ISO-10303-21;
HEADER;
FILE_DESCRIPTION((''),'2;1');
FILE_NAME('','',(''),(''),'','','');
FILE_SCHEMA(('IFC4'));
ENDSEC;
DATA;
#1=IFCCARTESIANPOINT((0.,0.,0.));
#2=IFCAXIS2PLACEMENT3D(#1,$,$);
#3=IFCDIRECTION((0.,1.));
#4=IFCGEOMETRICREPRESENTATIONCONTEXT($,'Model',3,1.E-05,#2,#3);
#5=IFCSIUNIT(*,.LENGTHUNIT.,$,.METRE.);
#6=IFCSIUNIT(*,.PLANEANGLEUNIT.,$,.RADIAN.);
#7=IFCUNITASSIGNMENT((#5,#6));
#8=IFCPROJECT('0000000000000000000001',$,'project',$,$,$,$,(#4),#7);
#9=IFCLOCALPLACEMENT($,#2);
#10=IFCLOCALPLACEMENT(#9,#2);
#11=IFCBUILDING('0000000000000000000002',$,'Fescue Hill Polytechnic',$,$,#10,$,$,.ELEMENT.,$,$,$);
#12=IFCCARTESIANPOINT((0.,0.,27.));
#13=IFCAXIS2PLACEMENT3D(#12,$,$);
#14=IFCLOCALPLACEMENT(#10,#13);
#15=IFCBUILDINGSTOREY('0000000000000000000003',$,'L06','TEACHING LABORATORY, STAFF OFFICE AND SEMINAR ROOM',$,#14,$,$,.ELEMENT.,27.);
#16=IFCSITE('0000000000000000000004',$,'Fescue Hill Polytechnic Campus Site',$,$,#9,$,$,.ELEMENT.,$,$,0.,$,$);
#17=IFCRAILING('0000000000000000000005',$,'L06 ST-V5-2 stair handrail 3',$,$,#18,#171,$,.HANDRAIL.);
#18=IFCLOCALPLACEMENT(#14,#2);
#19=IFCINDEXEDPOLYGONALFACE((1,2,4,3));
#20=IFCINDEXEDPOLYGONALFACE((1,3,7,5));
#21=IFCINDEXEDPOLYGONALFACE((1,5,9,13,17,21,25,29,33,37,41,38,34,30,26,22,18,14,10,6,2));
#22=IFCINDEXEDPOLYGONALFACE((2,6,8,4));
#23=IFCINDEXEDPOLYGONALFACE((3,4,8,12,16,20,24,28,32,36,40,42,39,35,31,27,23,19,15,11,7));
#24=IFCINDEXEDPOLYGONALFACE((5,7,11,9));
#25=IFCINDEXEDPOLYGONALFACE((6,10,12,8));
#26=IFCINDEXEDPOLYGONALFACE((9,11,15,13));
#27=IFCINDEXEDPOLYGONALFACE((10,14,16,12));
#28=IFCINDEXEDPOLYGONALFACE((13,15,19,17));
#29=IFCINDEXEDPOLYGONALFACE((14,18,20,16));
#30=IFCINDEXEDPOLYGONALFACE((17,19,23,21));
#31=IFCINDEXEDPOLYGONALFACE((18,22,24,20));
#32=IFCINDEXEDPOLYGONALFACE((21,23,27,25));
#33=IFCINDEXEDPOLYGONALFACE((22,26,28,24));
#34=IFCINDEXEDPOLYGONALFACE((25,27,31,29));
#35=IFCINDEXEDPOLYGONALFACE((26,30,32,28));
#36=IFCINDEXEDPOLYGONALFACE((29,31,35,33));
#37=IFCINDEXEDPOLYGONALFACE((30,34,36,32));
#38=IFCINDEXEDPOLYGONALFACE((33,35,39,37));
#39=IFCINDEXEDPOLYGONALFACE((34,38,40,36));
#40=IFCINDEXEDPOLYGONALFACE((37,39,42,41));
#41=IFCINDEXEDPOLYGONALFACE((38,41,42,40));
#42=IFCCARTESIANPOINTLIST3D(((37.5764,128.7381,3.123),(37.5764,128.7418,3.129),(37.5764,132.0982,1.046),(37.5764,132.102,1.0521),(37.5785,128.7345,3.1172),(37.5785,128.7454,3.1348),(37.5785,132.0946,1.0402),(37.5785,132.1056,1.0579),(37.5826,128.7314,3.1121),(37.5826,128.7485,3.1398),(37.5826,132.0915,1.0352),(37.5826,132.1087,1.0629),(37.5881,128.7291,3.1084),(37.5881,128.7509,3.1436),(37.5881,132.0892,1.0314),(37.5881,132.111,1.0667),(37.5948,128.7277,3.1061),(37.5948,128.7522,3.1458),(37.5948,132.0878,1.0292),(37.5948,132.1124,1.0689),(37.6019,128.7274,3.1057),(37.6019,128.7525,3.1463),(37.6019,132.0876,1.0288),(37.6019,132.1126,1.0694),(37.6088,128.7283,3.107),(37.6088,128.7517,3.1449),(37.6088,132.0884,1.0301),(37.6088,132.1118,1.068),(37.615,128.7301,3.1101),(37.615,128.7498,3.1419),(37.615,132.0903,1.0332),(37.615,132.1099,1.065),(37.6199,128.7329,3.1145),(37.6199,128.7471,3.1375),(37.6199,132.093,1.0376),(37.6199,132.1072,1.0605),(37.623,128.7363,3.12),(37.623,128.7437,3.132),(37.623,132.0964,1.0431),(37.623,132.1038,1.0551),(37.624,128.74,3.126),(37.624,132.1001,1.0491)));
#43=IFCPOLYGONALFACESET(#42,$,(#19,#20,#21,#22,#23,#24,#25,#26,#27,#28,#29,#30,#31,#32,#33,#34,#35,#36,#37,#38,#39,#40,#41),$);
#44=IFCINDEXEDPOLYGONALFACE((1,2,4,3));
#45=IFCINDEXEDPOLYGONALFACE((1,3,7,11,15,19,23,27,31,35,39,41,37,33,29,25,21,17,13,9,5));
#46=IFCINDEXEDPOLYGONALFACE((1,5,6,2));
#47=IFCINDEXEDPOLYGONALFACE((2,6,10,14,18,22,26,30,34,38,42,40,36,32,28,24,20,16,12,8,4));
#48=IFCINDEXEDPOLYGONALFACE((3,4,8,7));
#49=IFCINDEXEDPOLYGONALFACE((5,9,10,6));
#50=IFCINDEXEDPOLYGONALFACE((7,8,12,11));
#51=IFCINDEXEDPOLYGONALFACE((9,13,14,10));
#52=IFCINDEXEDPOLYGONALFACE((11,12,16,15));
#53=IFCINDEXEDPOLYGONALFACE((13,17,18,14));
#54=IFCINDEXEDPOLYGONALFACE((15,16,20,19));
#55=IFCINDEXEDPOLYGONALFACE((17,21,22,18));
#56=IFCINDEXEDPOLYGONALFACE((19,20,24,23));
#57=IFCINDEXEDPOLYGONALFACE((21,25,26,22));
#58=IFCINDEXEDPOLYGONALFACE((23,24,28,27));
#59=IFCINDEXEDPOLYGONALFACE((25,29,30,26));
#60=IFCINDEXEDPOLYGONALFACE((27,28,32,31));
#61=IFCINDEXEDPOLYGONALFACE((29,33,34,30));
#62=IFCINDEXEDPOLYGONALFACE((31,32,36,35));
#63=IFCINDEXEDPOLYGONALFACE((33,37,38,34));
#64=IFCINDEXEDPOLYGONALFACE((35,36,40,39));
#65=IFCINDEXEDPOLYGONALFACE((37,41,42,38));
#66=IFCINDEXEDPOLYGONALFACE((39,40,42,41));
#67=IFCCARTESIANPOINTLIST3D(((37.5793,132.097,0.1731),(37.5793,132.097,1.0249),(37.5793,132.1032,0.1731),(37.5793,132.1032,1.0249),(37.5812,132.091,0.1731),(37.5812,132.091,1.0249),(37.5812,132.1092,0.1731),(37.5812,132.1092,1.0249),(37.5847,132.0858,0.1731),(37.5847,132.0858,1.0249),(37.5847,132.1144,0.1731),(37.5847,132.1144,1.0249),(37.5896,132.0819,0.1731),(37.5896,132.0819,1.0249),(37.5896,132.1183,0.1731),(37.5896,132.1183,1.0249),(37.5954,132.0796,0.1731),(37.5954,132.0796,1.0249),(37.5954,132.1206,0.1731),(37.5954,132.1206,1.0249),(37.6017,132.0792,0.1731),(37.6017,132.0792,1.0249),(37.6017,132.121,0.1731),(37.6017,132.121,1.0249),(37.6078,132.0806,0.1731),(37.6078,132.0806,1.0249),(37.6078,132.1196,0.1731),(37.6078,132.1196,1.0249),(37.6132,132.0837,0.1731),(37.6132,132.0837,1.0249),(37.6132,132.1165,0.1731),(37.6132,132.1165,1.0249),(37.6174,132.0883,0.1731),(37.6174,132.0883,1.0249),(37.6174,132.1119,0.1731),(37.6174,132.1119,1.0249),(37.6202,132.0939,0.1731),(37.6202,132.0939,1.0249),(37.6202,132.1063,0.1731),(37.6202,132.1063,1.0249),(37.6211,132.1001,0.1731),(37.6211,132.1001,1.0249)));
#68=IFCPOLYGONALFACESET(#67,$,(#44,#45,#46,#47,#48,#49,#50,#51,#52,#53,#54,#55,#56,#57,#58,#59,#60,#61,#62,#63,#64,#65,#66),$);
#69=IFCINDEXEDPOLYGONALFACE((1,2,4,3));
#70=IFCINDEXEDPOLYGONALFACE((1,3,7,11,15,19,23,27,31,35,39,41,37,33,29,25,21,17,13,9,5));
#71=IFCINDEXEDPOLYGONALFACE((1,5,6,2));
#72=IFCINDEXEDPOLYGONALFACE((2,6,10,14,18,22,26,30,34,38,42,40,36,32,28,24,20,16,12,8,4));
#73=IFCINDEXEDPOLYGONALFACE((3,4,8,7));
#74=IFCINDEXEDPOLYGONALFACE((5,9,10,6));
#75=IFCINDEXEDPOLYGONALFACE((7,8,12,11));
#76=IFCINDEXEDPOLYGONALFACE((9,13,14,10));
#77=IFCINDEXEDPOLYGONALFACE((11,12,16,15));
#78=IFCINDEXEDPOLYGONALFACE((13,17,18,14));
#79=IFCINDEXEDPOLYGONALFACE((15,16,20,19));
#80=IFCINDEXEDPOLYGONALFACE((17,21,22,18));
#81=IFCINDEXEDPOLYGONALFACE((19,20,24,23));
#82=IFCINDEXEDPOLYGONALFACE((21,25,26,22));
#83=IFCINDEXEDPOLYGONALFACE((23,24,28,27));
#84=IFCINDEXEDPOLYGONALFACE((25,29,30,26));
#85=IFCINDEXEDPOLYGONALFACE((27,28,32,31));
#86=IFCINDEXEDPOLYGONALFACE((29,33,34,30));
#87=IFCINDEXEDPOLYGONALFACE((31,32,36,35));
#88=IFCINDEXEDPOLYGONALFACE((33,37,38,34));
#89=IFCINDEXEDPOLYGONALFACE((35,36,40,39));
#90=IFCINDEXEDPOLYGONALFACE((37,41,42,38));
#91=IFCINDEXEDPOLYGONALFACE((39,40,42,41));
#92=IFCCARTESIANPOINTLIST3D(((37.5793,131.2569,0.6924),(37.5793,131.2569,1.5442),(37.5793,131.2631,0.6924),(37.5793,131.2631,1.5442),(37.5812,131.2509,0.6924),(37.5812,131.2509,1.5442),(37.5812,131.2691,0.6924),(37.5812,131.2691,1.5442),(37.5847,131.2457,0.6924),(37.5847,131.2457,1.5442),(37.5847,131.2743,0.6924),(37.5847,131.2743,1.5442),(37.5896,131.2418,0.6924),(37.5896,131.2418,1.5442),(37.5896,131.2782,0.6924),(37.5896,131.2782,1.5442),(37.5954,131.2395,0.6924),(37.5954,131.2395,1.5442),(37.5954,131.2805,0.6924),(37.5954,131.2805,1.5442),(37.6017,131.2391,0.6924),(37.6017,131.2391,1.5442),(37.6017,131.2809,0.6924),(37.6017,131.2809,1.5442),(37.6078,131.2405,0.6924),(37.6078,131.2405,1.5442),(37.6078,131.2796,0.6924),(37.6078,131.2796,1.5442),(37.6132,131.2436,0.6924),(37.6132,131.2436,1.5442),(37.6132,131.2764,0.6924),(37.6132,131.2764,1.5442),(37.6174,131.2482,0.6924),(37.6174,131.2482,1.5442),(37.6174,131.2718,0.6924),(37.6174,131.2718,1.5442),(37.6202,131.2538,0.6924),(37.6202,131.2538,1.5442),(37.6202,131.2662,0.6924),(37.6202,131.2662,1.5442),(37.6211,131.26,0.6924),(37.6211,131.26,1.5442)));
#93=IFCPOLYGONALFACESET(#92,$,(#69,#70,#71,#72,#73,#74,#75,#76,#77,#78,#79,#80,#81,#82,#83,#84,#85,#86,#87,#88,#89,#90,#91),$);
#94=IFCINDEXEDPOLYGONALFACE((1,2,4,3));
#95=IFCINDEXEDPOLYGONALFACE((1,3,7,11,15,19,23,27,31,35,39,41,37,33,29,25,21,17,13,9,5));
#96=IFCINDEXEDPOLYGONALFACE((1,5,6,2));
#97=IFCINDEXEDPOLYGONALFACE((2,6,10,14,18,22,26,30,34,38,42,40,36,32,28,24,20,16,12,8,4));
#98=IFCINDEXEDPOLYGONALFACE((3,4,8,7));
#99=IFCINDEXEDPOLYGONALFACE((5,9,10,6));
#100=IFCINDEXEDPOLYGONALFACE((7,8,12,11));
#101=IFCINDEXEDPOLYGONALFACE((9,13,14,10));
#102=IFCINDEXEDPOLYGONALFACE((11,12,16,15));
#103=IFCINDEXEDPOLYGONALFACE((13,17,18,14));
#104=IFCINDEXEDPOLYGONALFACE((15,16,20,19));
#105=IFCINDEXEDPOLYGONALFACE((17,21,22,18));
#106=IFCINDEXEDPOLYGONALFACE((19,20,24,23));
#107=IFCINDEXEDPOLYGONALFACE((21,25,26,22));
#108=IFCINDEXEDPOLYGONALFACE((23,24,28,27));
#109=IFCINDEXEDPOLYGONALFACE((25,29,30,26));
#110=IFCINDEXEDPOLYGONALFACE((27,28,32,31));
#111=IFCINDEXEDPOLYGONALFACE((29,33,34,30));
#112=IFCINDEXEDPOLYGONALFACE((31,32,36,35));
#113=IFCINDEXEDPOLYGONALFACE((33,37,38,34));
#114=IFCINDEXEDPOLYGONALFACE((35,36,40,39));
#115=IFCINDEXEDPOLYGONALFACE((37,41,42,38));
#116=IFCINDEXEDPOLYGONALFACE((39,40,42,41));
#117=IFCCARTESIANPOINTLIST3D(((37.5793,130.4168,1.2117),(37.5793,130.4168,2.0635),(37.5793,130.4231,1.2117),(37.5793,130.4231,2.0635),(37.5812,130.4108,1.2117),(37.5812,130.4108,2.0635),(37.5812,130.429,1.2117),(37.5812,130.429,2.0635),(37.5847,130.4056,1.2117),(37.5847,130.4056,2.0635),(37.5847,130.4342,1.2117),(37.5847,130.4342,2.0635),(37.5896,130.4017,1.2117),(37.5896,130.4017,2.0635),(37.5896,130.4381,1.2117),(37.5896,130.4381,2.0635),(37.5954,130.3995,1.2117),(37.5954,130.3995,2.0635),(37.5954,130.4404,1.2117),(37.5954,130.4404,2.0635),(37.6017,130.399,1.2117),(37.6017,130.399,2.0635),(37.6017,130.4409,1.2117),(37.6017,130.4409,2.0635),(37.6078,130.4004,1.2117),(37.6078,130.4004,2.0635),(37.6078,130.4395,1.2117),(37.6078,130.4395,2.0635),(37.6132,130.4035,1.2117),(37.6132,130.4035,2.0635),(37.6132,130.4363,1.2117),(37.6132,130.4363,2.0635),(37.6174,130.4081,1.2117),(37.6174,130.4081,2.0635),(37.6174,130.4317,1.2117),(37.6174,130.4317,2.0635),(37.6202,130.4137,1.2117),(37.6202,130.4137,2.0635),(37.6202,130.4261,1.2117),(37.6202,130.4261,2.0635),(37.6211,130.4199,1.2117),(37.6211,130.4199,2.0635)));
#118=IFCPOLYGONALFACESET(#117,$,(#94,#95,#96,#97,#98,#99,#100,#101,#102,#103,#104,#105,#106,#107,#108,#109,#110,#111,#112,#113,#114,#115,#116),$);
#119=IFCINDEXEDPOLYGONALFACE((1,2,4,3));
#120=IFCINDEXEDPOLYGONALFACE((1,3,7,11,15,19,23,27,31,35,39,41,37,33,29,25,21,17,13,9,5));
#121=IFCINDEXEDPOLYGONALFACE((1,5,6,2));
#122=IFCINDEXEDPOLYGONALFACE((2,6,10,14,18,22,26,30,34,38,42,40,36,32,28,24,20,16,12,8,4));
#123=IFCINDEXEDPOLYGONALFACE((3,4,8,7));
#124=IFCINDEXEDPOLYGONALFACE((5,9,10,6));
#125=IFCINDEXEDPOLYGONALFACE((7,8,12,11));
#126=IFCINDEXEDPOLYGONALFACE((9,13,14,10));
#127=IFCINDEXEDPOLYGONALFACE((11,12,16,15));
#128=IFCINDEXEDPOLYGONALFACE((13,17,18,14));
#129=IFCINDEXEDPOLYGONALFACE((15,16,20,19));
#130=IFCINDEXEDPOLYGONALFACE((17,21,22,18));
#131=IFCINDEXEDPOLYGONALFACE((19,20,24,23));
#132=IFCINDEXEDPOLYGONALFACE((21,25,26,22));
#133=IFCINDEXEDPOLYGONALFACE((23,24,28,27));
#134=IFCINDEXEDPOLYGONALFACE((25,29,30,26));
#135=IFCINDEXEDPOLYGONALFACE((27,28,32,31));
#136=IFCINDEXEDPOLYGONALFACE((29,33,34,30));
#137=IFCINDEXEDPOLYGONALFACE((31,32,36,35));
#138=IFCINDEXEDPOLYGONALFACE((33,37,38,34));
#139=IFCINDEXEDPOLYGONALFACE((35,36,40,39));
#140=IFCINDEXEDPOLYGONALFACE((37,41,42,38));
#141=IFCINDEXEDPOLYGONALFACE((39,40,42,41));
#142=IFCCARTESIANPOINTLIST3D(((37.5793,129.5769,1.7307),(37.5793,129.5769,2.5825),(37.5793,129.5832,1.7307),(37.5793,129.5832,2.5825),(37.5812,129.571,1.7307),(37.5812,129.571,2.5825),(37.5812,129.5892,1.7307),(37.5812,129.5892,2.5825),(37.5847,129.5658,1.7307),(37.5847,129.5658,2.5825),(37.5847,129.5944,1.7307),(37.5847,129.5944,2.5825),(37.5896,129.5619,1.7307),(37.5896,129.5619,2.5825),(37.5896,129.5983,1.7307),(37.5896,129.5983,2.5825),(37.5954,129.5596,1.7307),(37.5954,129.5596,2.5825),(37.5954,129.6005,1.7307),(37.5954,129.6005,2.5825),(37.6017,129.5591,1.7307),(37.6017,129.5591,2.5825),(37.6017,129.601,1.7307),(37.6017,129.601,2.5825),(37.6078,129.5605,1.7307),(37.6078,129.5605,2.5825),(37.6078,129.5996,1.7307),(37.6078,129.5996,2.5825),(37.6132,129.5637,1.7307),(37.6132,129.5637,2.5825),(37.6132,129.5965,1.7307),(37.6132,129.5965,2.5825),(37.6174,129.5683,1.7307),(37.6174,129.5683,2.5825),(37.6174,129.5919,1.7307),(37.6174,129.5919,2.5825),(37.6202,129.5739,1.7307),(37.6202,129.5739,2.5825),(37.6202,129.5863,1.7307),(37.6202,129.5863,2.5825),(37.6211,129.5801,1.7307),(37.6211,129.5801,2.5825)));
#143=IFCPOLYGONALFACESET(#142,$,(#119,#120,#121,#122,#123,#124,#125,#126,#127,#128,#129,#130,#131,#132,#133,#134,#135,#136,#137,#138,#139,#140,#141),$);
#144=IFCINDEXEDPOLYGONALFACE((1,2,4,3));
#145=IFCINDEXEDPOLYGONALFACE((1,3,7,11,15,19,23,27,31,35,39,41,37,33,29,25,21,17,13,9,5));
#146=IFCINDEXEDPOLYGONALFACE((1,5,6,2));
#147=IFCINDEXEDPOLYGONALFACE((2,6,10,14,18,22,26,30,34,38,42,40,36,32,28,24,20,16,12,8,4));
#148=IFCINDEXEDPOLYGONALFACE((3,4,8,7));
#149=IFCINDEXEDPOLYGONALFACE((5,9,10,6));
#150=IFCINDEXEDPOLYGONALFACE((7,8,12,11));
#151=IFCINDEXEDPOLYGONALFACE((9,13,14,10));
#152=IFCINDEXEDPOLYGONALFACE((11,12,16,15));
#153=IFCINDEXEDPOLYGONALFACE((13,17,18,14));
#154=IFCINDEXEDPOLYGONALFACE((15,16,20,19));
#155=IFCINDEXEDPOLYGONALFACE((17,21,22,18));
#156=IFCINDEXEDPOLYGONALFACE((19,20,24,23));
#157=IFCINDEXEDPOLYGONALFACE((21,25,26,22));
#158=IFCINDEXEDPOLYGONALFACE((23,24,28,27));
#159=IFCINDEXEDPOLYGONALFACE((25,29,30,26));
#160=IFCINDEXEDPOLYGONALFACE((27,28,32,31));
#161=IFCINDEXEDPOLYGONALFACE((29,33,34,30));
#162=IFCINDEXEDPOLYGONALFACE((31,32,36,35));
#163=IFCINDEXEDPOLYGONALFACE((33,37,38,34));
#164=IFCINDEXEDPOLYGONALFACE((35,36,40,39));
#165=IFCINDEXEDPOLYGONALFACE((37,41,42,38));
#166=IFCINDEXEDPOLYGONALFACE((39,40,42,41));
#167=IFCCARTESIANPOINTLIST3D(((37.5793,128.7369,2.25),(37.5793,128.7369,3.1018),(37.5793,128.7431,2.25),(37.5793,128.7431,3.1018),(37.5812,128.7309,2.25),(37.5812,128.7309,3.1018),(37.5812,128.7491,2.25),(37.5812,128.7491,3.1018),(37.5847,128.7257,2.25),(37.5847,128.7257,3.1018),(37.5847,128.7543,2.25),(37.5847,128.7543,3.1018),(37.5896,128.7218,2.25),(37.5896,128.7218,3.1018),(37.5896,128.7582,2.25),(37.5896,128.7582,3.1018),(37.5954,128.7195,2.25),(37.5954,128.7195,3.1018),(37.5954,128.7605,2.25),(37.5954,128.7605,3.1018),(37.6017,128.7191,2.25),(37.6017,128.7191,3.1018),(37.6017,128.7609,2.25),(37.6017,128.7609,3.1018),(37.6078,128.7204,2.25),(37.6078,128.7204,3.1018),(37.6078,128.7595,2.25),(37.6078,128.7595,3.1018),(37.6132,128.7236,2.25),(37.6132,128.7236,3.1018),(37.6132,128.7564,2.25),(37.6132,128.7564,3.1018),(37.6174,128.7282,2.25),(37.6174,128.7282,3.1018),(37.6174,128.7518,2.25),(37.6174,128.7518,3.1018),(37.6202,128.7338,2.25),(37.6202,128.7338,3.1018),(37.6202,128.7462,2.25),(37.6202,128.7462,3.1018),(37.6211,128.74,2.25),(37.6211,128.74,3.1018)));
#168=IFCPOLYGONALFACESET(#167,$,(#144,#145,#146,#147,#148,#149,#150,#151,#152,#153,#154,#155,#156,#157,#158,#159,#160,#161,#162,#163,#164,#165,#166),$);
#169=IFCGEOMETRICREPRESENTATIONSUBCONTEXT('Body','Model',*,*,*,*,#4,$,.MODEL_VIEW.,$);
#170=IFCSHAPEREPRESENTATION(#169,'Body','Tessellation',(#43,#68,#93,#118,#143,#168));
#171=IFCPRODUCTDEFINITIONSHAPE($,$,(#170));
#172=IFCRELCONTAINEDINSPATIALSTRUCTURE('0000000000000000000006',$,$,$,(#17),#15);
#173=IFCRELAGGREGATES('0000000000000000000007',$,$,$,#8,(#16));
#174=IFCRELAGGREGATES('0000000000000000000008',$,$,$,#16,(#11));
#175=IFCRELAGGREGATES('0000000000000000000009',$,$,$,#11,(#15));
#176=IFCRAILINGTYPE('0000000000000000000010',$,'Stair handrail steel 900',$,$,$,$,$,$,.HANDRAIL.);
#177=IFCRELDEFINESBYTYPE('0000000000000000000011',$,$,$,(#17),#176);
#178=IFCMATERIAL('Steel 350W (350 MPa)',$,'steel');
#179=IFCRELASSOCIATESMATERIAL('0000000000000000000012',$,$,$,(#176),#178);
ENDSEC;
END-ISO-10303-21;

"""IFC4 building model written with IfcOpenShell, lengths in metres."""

from ifc_helpers import new_model, si_unit, direction, frame, origin, origin_2d, place, context, subcontext, project, spatial, circle, extrude, material, type_object, element, save


model = new_model("IFC4")

# Units and contexts
model_context = context("Model", 3, precision=1e-05, world=origin(), true_north=direction((0.0, 1.0)))
body_context = subcontext(model_context, "Body", "Model", "MODEL_VIEW")
ifc_project = project(units=[si_unit("LENGTHUNIT", "METRE"), si_unit("PLANEANGLEUNIT", "RADIAN")], contexts=[model_context])

# Site, building, storey
site_placement = place(None, origin())
site = spatial("IfcSite", under=ifc_project, at=site_placement, Name="Fescue Hill Polytechnic Campus Site", CompositionType="ELEMENT", RefElevation=0.0)
building_placement = place(site_placement, origin())
building = spatial("IfcBuilding", under=site, at=building_placement, Name="Fescue Hill Polytechnic", CompositionType="ELEMENT")
storey_placement = place(building_placement, frame((0.0, 0.0, 27.0)))
storey = spatial("IfcBuildingStorey", under=building, at=storey_placement, Name="L06", Description="TEACHING LABORATORY, STAFF OFFICE AND SEMINAR ROOM", CompositionType="ELEMENT", Elevation=27.0)

# Railing
ifc_material_1 = material(Name="Steel 350W (350 MPa)", Category="steel")
railing_type_1 = type_object("IfcRailingType", Name="Stair handrail steel 900", PredefinedType="HANDRAIL", material=ifc_material_1)
railing_1_placement = place(storey_placement, frame((37.6001, 132.1001, 0.1731)))
element("IfcRailing", 1, at=railing_1_placement, inside=storey, type_object=railing_type_1, Name="L06 ST-V5-2 stair handrail 3", PredefinedType="HANDRAIL", context=body_context, shape_type="SweptSolid", body=[
    extrude(circle(Radius=0.0239, at=origin_2d()), frame((0.0, 0.0, 0.876), z_axis=(0.0, -0.850623, 0.525776), x_axis=(1.0, 0.0, 0.0)), (0.0, 0.0, 1.0), 3.9502),
    extrude(circle(Radius=0.021, at=origin_2d()), origin(), (0.0, 0.0, 1.0), 0.8518),
    extrude(circle(Radius=0.021, at=origin_2d()), frame((0.0, -0.8401, 0.5193)), (0.0, 0.0, 1.0), 0.8518),
    extrude(circle(Radius=0.021, at=origin_2d()), frame((0.0, -1.6802, 1.0386)), (0.0, 0.0, 1.0), 0.8518),
    extrude(circle(Radius=0.021, at=origin_2d()), frame((0.0, -2.52, 1.5576)), (0.0, 0.0, 1.0), 0.8518),
    extrude(circle(Radius=0.021, at=origin_2d()), frame((0.0, -3.3601, 2.0769)), (0.0, 0.0, 1.0), 0.8518),
])

save(model, "model.ifc")
